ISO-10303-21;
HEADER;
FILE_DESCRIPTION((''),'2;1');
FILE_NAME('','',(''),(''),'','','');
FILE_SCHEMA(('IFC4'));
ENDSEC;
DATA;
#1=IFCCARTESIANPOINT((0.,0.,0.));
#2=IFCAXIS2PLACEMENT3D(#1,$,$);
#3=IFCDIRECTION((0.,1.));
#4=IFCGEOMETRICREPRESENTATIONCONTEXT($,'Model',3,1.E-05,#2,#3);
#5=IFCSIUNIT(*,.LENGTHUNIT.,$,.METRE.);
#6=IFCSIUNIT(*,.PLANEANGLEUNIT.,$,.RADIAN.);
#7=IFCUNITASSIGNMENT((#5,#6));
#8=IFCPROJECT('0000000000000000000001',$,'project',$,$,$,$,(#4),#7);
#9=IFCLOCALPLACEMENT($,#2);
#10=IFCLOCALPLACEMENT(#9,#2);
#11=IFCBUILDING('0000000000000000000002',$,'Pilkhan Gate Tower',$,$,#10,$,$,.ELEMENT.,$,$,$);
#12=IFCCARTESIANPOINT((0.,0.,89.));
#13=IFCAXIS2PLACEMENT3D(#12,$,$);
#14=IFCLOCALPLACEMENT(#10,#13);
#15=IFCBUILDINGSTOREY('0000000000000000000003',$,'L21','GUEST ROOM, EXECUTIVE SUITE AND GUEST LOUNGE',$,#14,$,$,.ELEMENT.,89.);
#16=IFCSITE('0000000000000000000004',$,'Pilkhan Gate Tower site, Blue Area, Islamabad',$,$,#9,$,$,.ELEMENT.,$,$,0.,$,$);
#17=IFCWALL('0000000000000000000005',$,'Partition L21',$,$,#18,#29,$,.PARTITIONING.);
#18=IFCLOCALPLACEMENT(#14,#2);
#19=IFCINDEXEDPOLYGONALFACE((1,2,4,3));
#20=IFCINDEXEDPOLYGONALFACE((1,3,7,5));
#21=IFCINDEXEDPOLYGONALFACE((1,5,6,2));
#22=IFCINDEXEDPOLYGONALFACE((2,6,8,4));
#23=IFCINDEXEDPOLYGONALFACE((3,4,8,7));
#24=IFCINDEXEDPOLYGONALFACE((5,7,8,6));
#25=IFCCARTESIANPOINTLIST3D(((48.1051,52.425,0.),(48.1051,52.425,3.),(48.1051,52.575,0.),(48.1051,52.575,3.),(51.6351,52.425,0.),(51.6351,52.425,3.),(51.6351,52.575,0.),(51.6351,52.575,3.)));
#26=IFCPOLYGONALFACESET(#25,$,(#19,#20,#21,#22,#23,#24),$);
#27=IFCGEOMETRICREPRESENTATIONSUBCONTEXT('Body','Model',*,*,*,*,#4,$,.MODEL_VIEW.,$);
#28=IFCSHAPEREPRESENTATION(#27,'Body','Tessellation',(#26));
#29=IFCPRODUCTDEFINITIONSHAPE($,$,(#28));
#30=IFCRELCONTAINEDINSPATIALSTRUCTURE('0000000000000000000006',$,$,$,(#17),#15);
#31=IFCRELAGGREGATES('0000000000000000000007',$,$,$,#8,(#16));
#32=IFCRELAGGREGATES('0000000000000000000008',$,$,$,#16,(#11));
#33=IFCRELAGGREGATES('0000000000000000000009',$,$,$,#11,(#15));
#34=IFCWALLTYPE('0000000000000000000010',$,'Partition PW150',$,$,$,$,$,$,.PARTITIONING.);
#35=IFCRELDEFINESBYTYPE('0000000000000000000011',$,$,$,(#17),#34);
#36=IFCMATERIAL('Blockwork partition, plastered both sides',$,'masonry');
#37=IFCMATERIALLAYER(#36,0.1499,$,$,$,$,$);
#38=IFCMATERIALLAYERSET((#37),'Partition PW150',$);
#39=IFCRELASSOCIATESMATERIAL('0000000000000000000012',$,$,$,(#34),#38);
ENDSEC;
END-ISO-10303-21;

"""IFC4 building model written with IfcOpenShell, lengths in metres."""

from ifc_helpers import new_model, si_unit, direction, frame, frame_2d, origin, place, context, subcontext, project, spatial, rectangle, extrude, material, layer, layer_set, type_object, element, save


model = new_model("IFC4")

# Units and contexts
model_context = context("Model", 3, precision=1e-05, world=origin(), true_north=direction((0.0, 1.0)))
body_context = subcontext(model_context, "Body", "Model", "MODEL_VIEW")
ifc_project = project(units=[si_unit("LENGTHUNIT", "METRE"), si_unit("PLANEANGLEUNIT", "RADIAN")], contexts=[model_context])

# Site, building, storey
site_placement = place(None, origin())
site = spatial("IfcSite", under=ifc_project, at=site_placement, Name="Pilkhan Gate Tower site, Blue Area, Islamabad", CompositionType="ELEMENT", RefElevation=0.0)
building_placement = place(site_placement, origin())
building = spatial("IfcBuilding", under=site, at=building_placement, Name="Pilkhan Gate Tower", CompositionType="ELEMENT")
storey_placement = place(building_placement, frame((0.0, 0.0, 89.0)))
storey = spatial("IfcBuildingStorey", under=building, at=storey_placement, Name="L21", Description="GUEST ROOM, EXECUTIVE SUITE AND GUEST LOUNGE", CompositionType="ELEMENT", Elevation=89.0)

# Wall
ifc_material_1 = material(Name="Blockwork partition, plastered both sides", Category="masonry")
ifc_layer_1 = layer(ifc_material_1, 0.1499)
ifc_layer_set_1 = layer_set([ifc_layer_1], Name="Partition PW150")
wall_type_1 = type_object("IfcWallType", Name="Partition PW150", PredefinedType="PARTITIONING", material=ifc_layer_set_1)
wall_1_placement = place(storey_placement, frame((48.105, 52.5, 0.0), z_axis=(0.0, 0.0, 1.0), x_axis=(1.0, 0.0, 0.0)))
element("IfcWall", 1, at=wall_1_placement, inside=storey, type_object=wall_type_1, Name="Partition L21", PredefinedType="PARTITIONING", context=body_context, shape_type="SweptSolid", body=[
    extrude(rectangle(XDim=3.53, YDim=0.1499, at=frame_2d((1.7651, 0.0))), origin(), (0.0, 0.0, 1.0), 3.0),
])

save(model, "model.ifc")
